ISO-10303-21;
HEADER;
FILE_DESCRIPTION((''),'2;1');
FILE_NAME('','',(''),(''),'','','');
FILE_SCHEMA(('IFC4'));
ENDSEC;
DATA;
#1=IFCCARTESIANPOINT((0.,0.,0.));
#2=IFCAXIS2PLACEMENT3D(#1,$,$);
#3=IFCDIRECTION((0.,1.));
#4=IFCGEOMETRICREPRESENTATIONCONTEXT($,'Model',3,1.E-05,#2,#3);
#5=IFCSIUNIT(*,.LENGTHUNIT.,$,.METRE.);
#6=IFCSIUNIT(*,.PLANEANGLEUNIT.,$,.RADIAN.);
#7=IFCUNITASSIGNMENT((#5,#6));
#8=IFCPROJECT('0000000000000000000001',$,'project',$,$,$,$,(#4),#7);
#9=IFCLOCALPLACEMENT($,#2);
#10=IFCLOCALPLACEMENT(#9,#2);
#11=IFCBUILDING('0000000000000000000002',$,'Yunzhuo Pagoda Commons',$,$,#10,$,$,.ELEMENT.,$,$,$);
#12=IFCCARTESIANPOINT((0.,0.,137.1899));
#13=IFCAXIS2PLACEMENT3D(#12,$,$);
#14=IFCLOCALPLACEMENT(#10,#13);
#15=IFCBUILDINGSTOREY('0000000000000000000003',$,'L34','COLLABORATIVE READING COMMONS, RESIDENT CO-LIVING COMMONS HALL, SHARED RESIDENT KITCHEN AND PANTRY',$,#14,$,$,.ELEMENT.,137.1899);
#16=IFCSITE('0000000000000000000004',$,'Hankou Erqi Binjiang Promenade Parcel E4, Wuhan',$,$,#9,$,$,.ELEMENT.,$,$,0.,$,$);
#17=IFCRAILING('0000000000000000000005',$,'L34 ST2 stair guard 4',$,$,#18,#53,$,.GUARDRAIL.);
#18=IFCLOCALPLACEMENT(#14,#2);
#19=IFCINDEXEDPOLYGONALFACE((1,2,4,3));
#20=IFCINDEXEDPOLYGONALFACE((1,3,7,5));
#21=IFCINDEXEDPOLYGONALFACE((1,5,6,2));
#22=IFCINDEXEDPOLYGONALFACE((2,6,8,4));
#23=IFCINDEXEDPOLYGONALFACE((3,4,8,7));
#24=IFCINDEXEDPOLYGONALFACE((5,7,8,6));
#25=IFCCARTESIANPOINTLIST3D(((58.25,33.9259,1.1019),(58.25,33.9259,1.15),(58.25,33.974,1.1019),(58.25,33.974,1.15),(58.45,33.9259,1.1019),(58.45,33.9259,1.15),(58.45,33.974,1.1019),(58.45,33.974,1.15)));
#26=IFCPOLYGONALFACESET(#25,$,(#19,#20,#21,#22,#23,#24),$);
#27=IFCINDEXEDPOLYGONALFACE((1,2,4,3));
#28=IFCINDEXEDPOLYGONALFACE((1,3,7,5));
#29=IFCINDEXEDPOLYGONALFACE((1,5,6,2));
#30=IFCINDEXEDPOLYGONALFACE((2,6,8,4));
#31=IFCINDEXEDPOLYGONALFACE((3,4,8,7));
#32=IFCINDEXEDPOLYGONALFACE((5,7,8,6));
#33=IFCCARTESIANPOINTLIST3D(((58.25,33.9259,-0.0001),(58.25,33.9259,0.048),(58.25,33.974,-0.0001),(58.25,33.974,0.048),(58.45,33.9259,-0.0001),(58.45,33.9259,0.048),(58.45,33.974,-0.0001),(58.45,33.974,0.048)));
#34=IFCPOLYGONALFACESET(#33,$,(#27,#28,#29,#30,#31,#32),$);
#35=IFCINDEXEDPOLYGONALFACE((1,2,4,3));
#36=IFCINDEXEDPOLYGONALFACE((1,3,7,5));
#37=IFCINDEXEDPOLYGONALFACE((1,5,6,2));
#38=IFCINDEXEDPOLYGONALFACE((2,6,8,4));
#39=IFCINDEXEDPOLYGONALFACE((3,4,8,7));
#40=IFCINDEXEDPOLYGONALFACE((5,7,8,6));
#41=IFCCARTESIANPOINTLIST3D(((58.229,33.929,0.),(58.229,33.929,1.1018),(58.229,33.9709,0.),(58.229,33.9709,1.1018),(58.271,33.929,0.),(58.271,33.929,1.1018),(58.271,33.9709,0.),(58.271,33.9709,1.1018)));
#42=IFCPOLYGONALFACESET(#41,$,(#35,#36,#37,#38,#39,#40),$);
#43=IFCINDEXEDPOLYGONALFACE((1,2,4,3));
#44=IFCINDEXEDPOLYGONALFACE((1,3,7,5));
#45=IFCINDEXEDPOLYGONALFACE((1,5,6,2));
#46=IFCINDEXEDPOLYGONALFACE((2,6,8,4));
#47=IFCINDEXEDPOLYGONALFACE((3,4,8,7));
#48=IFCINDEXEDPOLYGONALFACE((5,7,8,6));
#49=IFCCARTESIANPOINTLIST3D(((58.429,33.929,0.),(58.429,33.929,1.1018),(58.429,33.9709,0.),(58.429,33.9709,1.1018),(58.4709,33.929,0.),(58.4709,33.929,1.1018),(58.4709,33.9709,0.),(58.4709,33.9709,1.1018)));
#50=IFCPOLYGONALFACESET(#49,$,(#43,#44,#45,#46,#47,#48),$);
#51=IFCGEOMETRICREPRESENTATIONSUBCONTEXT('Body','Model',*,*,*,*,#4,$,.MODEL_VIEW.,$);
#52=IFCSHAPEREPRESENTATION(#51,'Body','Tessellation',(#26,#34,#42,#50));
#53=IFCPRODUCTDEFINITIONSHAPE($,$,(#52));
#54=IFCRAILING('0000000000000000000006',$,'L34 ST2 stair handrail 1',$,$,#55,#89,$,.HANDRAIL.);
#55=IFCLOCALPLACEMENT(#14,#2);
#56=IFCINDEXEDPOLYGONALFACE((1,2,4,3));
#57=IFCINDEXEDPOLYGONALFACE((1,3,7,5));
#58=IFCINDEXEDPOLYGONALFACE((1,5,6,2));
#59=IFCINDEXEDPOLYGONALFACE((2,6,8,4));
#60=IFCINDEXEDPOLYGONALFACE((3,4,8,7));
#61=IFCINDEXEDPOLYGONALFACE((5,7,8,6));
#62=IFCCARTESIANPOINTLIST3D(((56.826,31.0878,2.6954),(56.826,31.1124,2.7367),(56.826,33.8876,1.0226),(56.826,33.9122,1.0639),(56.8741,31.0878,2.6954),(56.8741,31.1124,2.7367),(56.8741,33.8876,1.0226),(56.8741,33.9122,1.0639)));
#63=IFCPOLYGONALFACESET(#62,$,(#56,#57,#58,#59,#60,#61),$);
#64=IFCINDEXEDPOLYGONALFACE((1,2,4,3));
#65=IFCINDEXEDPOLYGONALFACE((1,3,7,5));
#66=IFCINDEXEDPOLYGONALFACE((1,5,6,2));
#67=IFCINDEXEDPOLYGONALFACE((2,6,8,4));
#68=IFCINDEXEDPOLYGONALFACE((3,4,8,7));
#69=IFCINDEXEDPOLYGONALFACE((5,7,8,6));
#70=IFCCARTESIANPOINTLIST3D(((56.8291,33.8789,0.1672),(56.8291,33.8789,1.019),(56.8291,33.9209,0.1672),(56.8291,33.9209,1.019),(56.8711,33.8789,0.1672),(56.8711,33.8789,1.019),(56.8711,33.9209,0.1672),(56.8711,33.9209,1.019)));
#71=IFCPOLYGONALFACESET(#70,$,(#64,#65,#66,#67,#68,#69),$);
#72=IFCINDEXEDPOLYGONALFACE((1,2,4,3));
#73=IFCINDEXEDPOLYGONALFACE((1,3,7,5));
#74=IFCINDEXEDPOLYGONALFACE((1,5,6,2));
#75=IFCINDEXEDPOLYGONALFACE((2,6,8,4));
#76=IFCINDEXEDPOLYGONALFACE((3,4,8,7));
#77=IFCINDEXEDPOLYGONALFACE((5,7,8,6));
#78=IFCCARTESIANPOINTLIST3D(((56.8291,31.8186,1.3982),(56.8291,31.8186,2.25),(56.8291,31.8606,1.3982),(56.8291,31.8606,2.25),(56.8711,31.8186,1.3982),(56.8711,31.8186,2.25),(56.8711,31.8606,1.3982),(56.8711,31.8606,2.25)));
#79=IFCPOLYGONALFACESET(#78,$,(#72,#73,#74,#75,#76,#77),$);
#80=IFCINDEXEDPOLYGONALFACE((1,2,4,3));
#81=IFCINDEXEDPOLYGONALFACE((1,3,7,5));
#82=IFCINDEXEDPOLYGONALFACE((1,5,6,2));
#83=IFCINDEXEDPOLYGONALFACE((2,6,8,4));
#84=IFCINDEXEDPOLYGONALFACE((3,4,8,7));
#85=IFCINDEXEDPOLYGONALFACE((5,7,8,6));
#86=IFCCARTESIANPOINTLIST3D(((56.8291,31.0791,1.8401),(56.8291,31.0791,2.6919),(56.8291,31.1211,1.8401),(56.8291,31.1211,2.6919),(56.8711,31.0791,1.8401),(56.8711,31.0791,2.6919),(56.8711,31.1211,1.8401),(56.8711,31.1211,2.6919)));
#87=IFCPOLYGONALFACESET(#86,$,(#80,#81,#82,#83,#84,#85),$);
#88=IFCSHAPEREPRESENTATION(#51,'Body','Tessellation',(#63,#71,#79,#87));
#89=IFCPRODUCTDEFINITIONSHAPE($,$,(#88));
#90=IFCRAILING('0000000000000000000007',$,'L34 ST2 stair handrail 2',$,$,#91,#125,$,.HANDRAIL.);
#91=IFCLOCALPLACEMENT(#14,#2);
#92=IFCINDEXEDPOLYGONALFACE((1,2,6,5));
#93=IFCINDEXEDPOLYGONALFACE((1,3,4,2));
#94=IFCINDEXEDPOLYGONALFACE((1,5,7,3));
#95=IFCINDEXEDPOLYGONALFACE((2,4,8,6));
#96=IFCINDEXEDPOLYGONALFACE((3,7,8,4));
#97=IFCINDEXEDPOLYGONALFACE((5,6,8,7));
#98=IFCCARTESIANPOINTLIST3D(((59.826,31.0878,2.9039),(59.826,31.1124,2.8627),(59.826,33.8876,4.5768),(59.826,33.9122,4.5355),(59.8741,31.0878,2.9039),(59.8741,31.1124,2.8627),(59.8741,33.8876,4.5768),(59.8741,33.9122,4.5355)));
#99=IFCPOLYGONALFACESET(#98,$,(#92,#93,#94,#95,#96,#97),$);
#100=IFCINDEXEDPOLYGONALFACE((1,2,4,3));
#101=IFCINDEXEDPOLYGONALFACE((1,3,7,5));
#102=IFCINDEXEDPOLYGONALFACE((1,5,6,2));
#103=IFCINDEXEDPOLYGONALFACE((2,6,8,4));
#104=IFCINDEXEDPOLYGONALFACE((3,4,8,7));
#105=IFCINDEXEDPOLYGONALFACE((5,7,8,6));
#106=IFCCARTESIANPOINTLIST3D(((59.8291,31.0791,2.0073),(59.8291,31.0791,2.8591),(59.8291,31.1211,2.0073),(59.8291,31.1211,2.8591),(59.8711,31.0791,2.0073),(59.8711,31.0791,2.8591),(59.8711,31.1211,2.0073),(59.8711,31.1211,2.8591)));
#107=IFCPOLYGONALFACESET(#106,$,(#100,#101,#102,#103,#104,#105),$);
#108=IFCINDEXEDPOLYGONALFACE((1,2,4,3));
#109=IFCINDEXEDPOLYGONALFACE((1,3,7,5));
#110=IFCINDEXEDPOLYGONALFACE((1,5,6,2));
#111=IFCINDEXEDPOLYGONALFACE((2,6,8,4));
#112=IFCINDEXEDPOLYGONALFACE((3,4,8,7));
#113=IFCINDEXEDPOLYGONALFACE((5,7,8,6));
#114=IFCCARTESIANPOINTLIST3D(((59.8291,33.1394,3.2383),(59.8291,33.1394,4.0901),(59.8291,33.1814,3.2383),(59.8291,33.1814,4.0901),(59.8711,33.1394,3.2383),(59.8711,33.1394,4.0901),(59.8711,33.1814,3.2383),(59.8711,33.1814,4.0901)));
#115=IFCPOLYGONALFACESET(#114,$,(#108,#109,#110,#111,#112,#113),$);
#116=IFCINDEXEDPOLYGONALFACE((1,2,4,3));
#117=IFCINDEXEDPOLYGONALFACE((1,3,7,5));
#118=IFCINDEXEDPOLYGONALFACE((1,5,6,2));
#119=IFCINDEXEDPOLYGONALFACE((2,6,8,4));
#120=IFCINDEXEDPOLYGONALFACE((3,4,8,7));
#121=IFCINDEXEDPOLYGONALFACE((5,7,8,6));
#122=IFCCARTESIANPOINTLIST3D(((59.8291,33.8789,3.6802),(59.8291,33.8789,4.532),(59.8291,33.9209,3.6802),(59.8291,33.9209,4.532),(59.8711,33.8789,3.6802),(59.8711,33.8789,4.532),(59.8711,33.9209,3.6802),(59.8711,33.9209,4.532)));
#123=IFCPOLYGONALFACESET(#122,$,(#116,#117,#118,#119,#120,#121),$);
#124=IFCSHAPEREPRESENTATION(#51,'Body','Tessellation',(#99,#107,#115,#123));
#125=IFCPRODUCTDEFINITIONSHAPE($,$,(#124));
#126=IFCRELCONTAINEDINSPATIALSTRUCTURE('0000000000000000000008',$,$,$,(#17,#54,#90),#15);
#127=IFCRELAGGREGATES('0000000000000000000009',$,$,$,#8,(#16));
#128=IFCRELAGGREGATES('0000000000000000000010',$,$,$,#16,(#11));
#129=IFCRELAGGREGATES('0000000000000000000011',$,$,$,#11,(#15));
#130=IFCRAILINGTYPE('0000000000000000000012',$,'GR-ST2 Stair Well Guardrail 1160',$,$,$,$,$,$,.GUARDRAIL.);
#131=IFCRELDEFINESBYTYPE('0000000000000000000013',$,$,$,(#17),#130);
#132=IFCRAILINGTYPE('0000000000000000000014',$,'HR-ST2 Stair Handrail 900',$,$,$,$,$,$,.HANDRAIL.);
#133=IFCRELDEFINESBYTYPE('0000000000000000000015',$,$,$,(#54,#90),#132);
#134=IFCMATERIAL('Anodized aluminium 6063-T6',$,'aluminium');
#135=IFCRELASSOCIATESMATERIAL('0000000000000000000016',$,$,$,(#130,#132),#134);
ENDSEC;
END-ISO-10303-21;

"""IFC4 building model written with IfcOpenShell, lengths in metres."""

from ifc_helpers import new_model, si_unit, direction, frame, origin, origin_2d, place, context, subcontext, project, spatial, rectangle, extrude, material, type_object, element, save


model = new_model("IFC4")

# Units and contexts
model_context = context("Model", 3, precision=1e-05, world=origin(), true_north=direction((0.0, 1.0)))
body_context = subcontext(model_context, "Body", "Model", "MODEL_VIEW")
ifc_project = project(units=[si_unit("LENGTHUNIT", "METRE"), si_unit("PLANEANGLEUNIT", "RADIAN")], contexts=[model_context])

# Site, building, storey
site_placement = place(None, origin())
site = spatial("IfcSite", under=ifc_project, at=site_placement, Name="Hankou Erqi Binjiang Promenade Parcel E4, Wuhan", CompositionType="ELEMENT", RefElevation=0.0)
building_placement = place(site_placement, origin())
building = spatial("IfcBuilding", under=site, at=building_placement, Name="Yunzhuo Pagoda Commons", CompositionType="ELEMENT")
storey_placement = place(building_placement, frame((0.0, 0.0, 137.1899)))
storey = spatial("IfcBuildingStorey", under=building, at=storey_placement, Name="L34", Description="COLLABORATIVE READING COMMONS, RESIDENT CO-LIVING COMMONS HALL, SHARED RESIDENT KITCHEN AND PANTRY", CompositionType="ELEMENT", Elevation=137.1899)

# Railings
ifc_material_1 = material(Name="Anodized aluminium 6063-T6", Category="aluminium")
railing_type_1 = type_object("IfcRailingType", Name="GR-ST2 Stair Well Guardrail 1160", PredefinedType="GUARDRAIL", material=ifc_material_1)
railing_1_placement = place(storey_placement, frame((58.25, 33.95, 0.0)))
element("IfcRailing", 1, at=railing_1_placement, inside=storey, type_object=railing_type_1, Name="L34 ST2 stair guard 4", PredefinedType="GUARDRAIL", context=body_context, shape_type="SweptSolid", body=[
    extrude(rectangle(XDim=0.0481, YDim=0.0481, at=origin_2d()), frame((0.0, 0.0, 1.126), z_axis=(1.0, 0.0, 0.0), x_axis=(0.0, 1.0, 0.0)), (0.0, 0.0, 1.0), 0.2),
    extrude(rectangle(XDim=0.0481, YDim=0.0481, at=origin_2d()), frame((0.0, 0.0, 0.0239), z_axis=(1.0, 0.0, 0.0), x_axis=(0.0, 1.0, 0.0)), (0.0, 0.0, 1.0), 0.2),
    extrude(rectangle(XDim=0.042, YDim=0.042, at=origin_2d()), origin(), (0.0, 0.0, 1.0), 1.1018),
    extrude(rectangle(XDim=0.042, YDim=0.042, at=origin_2d()), frame((0.2, 0.0, 0.0)), (0.0, 0.0, 1.0), 1.1018),
])
railing_type_2 = type_object("IfcRailingType", Name="HR-ST2 Stair Handrail 900", PredefinedType="HANDRAIL", material=ifc_material_1)
railing_2_placement = place(storey_placement, frame((56.8501, 33.8999, 0.1672)))
element("IfcRailing", 2, at=railing_2_placement, inside=storey, type_object=railing_type_2, Name="L34 ST2 stair handrail 1", PredefinedType="HANDRAIL", context=body_context, shape_type="SweptSolid", body=[
    extrude(rectangle(XDim=0.0481, YDim=0.0481, at=origin_2d()), frame((0.0, 0.0, 0.876), z_axis=(0.0, -0.858443, 0.51291), x_axis=(1.0, 0.0, 0.0)), (0.0, 0.0, 1.0), 3.2615),
    extrude(rectangle(XDim=0.042, YDim=0.042, at=origin_2d()), origin(), (0.0, 0.0, 1.0), 0.8518),
    extrude(rectangle(XDim=0.042, YDim=0.042, at=origin_2d()), frame((0.0, -2.0603, 1.231)), (0.0, 0.0, 1.0), 0.8518),
    extrude(rectangle(XDim=0.042, YDim=0.042, at=origin_2d()), frame((0.0, -2.7998, 1.6729)), (0.0, 0.0, 1.0), 0.8518),
])
railing_3_placement = place(storey_placement, frame((59.8501, 31.1001, 2.0073)))
element("IfcRailing", 3, at=railing_3_placement, inside=storey, type_object=railing_type_2, Name="L34 ST2 stair handrail 2", PredefinedType="HANDRAIL", context=body_context, shape_type="SweptSolid", body=[
    extrude(rectangle(XDim=0.0481, YDim=0.0481, at=origin_2d()), frame((0.0, 0.0, 0.876), z_axis=(0.0, 0.858443, 0.51291), x_axis=(-1.0, 0.0, 0.0)), (0.0, 0.0, 1.0), 3.2615),
    extrude(rectangle(XDim=0.042, YDim=0.042, at=origin_2d()), origin(), (0.0, 0.0, 1.0), 0.8518),
    extrude(rectangle(XDim=0.042, YDim=0.042, at=origin_2d()), frame((0.0, 2.0603, 1.231)), (0.0, 0.0, 1.0), 0.8518),
    extrude(rectangle(XDim=0.042, YDim=0.042, at=origin_2d()), frame((0.0, 2.7998, 1.6729)), (0.0, 0.0, 1.0), 0.8518),
])

save(model, "model.ifc")
